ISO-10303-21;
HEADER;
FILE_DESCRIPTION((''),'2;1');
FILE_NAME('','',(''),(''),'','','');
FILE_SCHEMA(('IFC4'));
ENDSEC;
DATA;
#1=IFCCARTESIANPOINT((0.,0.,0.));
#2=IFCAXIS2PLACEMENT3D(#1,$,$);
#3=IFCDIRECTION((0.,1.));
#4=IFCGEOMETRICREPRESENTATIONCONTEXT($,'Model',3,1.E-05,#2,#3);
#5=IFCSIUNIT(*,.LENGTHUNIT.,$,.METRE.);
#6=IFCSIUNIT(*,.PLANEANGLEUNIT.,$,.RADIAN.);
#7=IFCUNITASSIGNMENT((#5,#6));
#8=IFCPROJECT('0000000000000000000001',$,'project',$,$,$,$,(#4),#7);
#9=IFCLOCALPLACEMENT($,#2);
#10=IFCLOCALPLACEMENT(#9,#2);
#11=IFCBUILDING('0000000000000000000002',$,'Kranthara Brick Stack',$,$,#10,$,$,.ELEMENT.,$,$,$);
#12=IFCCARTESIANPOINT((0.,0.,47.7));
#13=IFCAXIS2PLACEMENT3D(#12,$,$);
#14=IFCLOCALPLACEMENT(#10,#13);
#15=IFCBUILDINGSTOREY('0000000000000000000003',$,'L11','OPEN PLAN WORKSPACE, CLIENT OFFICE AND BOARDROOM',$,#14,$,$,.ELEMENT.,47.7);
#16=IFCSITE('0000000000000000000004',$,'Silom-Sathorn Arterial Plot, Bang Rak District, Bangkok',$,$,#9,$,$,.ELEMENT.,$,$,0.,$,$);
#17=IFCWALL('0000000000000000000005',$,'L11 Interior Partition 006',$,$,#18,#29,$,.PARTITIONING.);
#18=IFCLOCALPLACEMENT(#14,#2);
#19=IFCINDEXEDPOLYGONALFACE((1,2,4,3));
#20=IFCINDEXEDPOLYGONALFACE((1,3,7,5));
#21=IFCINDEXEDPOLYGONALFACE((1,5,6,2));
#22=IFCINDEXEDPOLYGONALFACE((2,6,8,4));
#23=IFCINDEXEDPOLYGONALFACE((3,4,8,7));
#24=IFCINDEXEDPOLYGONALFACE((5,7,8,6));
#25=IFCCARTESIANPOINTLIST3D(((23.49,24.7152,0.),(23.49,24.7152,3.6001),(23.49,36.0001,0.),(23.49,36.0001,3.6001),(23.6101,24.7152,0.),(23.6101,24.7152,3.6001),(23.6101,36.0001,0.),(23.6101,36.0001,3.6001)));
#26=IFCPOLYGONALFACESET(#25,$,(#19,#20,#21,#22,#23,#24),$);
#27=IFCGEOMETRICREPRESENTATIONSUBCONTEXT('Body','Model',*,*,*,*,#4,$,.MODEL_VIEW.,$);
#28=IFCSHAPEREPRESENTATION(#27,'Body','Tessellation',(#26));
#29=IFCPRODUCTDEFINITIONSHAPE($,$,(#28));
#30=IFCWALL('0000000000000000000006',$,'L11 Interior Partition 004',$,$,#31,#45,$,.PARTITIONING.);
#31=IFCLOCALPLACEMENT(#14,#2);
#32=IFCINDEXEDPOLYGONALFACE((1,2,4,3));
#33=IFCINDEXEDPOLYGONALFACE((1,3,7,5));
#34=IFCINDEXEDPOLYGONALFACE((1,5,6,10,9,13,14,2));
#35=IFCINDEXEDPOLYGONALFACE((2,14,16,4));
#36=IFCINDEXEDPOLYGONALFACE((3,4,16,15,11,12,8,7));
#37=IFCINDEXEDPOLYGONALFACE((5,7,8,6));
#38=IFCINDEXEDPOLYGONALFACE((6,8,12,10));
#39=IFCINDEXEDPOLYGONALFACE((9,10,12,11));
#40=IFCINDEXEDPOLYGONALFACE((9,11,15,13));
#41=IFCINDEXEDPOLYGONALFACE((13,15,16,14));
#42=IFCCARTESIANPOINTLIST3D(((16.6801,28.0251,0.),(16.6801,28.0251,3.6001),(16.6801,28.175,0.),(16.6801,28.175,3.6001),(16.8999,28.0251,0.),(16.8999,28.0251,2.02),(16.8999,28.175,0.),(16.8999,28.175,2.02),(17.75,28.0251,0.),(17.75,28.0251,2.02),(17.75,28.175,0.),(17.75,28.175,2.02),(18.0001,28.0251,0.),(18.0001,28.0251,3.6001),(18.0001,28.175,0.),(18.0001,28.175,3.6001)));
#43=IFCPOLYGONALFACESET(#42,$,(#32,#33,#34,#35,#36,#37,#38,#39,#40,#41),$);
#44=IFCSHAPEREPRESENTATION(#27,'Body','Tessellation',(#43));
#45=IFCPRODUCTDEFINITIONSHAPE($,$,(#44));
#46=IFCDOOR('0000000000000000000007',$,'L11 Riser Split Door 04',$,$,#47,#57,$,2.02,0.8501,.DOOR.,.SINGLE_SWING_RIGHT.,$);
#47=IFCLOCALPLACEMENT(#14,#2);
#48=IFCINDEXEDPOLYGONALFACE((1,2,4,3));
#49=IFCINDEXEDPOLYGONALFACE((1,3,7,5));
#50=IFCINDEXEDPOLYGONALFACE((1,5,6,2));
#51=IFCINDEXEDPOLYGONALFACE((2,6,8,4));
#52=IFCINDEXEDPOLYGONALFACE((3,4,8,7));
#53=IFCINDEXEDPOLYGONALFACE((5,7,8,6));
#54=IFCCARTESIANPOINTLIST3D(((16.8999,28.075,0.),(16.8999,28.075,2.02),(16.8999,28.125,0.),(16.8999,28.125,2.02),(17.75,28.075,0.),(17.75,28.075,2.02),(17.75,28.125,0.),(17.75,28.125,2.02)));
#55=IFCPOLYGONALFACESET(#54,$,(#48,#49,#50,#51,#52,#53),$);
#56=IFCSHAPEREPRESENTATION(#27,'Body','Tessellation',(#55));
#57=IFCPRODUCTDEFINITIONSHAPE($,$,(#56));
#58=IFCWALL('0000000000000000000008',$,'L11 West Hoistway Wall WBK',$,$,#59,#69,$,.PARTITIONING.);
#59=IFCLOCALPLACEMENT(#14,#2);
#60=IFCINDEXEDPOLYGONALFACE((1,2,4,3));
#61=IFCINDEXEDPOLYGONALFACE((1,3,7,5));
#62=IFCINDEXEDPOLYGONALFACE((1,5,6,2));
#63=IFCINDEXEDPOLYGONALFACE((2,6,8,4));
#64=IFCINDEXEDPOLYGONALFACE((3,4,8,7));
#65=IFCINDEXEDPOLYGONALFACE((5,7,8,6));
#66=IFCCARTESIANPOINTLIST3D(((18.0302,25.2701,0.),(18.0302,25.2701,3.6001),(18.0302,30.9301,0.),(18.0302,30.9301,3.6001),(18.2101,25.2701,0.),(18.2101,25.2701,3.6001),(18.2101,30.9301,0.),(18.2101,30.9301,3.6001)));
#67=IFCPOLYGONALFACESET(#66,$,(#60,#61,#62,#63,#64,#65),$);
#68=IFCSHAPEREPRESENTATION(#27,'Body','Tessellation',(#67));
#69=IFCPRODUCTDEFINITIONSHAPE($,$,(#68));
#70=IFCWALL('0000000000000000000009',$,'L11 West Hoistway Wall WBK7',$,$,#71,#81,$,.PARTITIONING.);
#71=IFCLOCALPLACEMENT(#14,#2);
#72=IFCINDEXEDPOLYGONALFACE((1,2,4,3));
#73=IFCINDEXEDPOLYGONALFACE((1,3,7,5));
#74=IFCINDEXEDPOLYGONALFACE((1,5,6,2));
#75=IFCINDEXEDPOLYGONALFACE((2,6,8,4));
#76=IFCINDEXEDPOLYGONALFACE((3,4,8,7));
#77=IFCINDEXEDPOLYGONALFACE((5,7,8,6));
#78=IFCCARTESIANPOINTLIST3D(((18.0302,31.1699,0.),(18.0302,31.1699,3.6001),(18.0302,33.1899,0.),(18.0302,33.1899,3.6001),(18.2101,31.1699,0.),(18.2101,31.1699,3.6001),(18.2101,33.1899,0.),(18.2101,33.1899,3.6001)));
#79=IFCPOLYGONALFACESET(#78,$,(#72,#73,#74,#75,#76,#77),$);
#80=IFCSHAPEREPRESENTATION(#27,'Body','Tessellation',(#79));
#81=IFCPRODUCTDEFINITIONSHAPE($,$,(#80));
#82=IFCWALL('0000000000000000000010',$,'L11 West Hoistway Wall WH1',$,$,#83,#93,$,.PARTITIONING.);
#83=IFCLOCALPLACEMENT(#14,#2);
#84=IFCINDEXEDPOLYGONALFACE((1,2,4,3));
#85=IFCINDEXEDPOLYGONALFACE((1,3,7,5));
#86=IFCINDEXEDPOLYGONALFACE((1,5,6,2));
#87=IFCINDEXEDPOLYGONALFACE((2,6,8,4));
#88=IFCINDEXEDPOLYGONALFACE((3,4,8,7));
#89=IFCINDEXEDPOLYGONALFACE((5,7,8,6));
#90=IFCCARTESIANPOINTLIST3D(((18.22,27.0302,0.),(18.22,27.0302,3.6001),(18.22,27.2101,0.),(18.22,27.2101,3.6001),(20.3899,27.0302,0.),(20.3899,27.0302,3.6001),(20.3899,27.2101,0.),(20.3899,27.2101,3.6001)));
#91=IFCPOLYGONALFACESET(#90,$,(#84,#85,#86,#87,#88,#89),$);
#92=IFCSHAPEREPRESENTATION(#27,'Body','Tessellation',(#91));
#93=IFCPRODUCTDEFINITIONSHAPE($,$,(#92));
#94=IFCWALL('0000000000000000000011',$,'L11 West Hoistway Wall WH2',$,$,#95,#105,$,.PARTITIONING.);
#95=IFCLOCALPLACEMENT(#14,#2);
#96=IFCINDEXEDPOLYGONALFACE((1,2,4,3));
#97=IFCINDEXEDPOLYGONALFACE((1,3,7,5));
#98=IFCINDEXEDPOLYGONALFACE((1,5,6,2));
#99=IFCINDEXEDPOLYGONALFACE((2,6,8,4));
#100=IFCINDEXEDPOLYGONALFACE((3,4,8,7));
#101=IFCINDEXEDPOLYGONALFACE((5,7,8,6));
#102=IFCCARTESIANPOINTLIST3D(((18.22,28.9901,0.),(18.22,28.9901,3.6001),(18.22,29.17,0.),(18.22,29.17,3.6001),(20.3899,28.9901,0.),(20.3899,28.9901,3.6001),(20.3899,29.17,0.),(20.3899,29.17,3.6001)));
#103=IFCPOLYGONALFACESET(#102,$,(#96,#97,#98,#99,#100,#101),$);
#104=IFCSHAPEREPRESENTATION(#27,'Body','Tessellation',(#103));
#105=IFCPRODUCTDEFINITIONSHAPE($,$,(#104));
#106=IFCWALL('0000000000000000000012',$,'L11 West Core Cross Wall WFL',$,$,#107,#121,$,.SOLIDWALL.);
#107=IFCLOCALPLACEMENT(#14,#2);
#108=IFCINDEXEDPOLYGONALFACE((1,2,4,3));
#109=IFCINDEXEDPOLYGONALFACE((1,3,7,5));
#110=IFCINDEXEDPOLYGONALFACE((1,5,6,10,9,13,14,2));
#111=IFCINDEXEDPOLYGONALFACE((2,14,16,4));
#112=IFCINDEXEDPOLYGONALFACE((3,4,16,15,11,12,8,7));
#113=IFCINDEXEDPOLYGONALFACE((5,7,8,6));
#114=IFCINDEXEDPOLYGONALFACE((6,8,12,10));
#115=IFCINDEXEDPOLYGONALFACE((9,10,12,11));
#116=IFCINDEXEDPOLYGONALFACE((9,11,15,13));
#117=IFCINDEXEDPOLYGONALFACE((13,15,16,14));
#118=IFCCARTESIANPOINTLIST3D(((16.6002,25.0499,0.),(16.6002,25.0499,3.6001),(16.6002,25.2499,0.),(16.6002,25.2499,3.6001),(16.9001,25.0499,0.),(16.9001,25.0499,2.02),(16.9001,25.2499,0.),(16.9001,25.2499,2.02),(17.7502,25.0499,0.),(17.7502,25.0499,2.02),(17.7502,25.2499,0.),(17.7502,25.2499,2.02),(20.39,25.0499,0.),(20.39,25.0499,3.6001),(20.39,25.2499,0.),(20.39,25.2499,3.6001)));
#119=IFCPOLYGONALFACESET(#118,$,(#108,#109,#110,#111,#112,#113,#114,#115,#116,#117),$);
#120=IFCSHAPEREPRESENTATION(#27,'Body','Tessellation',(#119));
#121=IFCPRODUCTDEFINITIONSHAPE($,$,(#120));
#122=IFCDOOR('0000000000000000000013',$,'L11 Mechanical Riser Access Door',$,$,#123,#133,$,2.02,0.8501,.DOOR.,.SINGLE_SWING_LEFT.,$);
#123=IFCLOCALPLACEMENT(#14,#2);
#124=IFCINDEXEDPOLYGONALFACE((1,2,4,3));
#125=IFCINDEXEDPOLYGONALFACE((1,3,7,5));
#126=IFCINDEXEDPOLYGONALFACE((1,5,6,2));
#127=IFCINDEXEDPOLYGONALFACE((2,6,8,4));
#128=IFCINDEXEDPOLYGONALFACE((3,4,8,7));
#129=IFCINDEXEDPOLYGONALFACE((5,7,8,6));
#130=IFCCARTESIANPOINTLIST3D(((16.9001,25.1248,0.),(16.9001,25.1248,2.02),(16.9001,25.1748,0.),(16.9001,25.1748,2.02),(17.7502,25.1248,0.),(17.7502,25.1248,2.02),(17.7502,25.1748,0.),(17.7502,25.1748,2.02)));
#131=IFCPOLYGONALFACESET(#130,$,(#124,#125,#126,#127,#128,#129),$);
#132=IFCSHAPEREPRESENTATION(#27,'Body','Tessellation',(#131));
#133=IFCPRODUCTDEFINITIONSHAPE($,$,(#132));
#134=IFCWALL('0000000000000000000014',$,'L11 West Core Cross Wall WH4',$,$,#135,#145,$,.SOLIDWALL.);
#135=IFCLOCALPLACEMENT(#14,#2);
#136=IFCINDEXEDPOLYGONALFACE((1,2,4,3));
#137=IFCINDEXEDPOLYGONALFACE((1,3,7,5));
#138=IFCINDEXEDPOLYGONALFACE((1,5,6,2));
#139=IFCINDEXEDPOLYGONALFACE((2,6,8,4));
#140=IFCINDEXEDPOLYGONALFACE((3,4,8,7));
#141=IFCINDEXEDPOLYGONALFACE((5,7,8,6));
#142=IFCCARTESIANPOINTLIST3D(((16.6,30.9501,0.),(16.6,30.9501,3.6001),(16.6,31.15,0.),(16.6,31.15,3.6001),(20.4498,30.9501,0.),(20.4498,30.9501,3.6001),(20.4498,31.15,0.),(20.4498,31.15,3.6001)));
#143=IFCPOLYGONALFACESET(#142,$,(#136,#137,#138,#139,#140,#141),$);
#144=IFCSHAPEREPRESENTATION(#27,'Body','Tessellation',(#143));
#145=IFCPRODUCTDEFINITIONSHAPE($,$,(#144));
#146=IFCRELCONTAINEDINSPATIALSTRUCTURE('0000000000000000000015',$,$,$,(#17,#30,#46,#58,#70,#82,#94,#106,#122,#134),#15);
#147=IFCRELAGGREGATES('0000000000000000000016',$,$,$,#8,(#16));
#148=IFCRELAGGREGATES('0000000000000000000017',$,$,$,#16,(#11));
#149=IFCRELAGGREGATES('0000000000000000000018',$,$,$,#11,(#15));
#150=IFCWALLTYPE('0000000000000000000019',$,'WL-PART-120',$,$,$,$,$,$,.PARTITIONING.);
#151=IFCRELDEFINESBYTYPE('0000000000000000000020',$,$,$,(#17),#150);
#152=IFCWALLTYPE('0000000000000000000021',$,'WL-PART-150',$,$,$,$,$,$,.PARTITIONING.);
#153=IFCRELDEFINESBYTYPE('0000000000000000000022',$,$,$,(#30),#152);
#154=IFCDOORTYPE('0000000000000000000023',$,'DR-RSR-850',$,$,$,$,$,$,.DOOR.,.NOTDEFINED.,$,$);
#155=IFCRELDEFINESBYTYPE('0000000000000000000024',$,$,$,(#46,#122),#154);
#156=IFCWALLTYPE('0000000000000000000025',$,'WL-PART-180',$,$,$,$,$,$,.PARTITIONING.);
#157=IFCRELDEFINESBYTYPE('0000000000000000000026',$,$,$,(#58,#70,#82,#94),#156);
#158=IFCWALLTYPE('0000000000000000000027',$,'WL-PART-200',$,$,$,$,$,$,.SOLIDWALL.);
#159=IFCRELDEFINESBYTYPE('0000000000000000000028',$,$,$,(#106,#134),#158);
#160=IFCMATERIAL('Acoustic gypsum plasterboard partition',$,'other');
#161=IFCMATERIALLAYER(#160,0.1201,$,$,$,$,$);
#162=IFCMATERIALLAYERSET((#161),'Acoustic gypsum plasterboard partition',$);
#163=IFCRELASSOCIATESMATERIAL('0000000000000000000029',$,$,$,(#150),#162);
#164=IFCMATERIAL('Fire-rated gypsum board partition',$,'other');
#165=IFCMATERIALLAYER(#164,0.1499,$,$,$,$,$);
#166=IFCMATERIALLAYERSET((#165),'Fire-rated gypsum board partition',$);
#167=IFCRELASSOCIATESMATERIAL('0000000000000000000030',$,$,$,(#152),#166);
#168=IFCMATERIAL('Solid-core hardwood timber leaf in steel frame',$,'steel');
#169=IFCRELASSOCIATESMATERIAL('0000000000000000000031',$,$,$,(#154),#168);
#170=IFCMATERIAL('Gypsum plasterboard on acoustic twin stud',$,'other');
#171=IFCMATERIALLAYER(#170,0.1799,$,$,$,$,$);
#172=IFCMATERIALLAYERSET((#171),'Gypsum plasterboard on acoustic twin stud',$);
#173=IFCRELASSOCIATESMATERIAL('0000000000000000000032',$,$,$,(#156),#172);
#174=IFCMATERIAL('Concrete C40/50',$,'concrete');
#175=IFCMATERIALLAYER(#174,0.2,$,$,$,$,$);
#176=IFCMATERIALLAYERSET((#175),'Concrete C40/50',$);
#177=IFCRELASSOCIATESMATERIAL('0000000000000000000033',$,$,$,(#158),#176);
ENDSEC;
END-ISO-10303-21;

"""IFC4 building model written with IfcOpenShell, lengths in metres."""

from ifc_helpers import new_model, si_unit, direction, frame, frame_2d, origin, place, context, subcontext, project, spatial, rectangle, extrude, material, layer, layer_set, type_object, element, fill, save


model = new_model("IFC4")

# Units and contexts
model_context = context("Model", 3, precision=1e-05, world=origin(), true_north=direction((0.0, 1.0)))
body_context = subcontext(model_context, "Body", "Model", "MODEL_VIEW")
ifc_project = project(units=[si_unit("LENGTHUNIT", "METRE"), si_unit("PLANEANGLEUNIT", "RADIAN")], contexts=[model_context])

# Site, building, storey
site_placement = place(None, origin())
site = spatial("IfcSite", under=ifc_project, at=site_placement, Name="Silom-Sathorn Arterial Plot, Bang Rak District, Bangkok", CompositionType="ELEMENT", RefElevation=0.0)
building_placement = place(site_placement, origin())
building = spatial("IfcBuilding", under=site, at=building_placement, Name="Kranthara Brick Stack", CompositionType="ELEMENT")
storey_placement = place(building_placement, frame((0.0, 0.0, 47.7)))
storey = spatial("IfcBuildingStorey", under=building, at=storey_placement, Name="L11", Description="OPEN PLAN WORKSPACE, CLIENT OFFICE AND BOARDROOM", CompositionType="ELEMENT", Elevation=47.7)

# Shared definitions
ifc_material_1 = material(Name="Acoustic gypsum plasterboard partition", Category="other")
ifc_layer_1 = layer(ifc_material_1, 0.1201)
ifc_layer_set_1 = layer_set([ifc_layer_1], Name="Acoustic gypsum plasterboard partition")
wall_type_1 = type_object("IfcWallType", Name="WL-PART-120", PredefinedType="PARTITIONING", material=ifc_layer_set_1)

# Wall
wall_1_placement = place(storey_placement, frame((23.55, 24.7151, 0.0), z_axis=(0.0, 0.0, 1.0), x_axis=(0.0, 1.0, 0.0)))
element("IfcWall", 1, at=wall_1_placement, inside=storey, type_object=wall_type_1, Name="L11 Interior Partition 006", PredefinedType="PARTITIONING", context=body_context, shape_type="SweptSolid", body=[
    extrude(rectangle(XDim=11.2849, YDim=0.1201, at=frame_2d((5.6426, 0.0))), origin(), (0.0, 0.0, 1.0), 3.6001),
])

# Wall, opening, door
ifc_material_2 = material(Name="Fire-rated gypsum board partition", Category="other")
ifc_layer_2 = layer(ifc_material_2, 0.1499)
ifc_layer_set_2 = layer_set([ifc_layer_2], Name="Fire-rated gypsum board partition")
wall_type_2 = type_object("IfcWallType", Name="WL-PART-150", PredefinedType="PARTITIONING", material=ifc_layer_set_2)
wall_2_placement = place(storey_placement, frame((16.6799, 28.1001, 0.0), z_axis=(0.0, 0.0, 1.0), x_axis=(1.0, 0.0, 0.0)))
wall_2 = element("IfcWall", 2, at=wall_2_placement, inside=storey, type_object=wall_type_2, Name="L11 Interior Partition 004", PredefinedType="PARTITIONING", context=body_context, shape_type="SweptSolid", body=[
    extrude(rectangle(XDim=1.3201, YDim=0.1499, at=frame_2d((0.6602, 0.0))), origin(), (0.0, 0.0, 1.0), 3.6001),
])
opening_1_placement = place(wall_2_placement, frame((0.22, 0.0, 0.0)))
opening_1 = element("IfcOpeningElement", 3, at=opening_1_placement, cuts=wall_2, PredefinedType="OPENING", context=body_context, shape_type="SweptSolid", body=[
    extrude(rectangle(XDim=0.8501, YDim=2.02, at=frame_2d((0.425, 1.01))), frame((0.0, 0.085, 0.0), z_axis=(0.0, -1.0, 0.0), x_axis=(1.0, 0.0, 0.0)), (0.0, 0.0, 1.0), 0.1699),
])
ifc_material_3 = material(Name="Solid-core hardwood timber leaf in steel frame", Category="steel")
door_type_1 = type_object("IfcDoorType", Name="DR-RSR-850", OperationType="NOTDEFINED", PredefinedType="DOOR", material=ifc_material_3)
door_1_placement = place(opening_1_placement, origin())
door_1 = element("IfcDoor", 4, at=door_1_placement, inside=storey, type_object=door_type_1, Name="L11 Riser Split Door 04", OperationType="SINGLE_SWING_RIGHT", OverallHeight=2.02, OverallWidth=0.8501, PredefinedType="DOOR", context=body_context, shape_type="SweptSolid", body=[
    extrude(rectangle(XDim=0.8501, YDim=2.02, at=frame_2d((0.425, 1.01))), frame((0.0, 0.0249, 0.0), z_axis=(0.0, -1.0, 0.0), x_axis=(1.0, 0.0, 0.0)), (0.0, 0.0, 1.0), 0.05),
])
fill(opening_1, door_1)

# Walls
ifc_material_4 = material(Name="Gypsum plasterboard on acoustic twin stud", Category="other")
ifc_layer_3 = layer(ifc_material_4, 0.1799)
ifc_layer_set_3 = layer_set([ifc_layer_3], Name="Gypsum plasterboard on acoustic twin stud")
wall_type_3 = type_object("IfcWallType", Name="WL-PART-180", PredefinedType="PARTITIONING", material=ifc_layer_set_3)
wall_3_placement = place(storey_placement, frame((18.1201, 25.27, 0.0), z_axis=(0.0, 0.0, 1.0), x_axis=(0.0, 1.0, 0.0)))
element("IfcWall", 5, at=wall_3_placement, inside=storey, type_object=wall_type_3, Name="L11 West Hoistway Wall WBK", PredefinedType="PARTITIONING", context=body_context, shape_type="SweptSolid", body=[
    extrude(rectangle(XDim=5.6599, YDim=0.1799, at=frame_2d((2.8301, 0.0))), origin(), (0.0, 0.0, 1.0), 3.6001),
])
wall_4_placement = place(storey_placement, frame((18.1201, 31.1699, 0.0), z_axis=(0.0, 0.0, 1.0), x_axis=(0.0, 1.0, 0.0)))
element("IfcWall", 6, at=wall_4_placement, inside=storey, type_object=wall_type_3, Name="L11 West Hoistway Wall WBK7", PredefinedType="PARTITIONING", context=body_context, shape_type="SweptSolid", body=[
    extrude(rectangle(XDim=2.02, YDim=0.1799, at=frame_2d((1.01, 0.0))), origin(), (0.0, 0.0, 1.0), 3.6001),
])
for number, where, z_axis, x_axis, name in (
    (7, (18.22, 27.1201, 0.0), (0.0, 0.0, 1.0), (1.0, 0.0, 0.0), "L11 West Hoistway Wall WH1"),
    (8, (18.22, 29.0801, 0.0), (0.0, 0.0, 1.0), (1.0, 0.0, 0.0), "L11 West Hoistway Wall WH2"),
):
    element("IfcWall", number, at=place(storey_placement, frame(where, z_axis=z_axis, x_axis=x_axis)), inside=storey, type_object=wall_type_3, Name=name, PredefinedType="PARTITIONING", context=body_context, shape_type="SweptSolid", body=[
        extrude(rectangle(XDim=2.1699, YDim=0.1799, at=frame_2d((1.085, 0.0))), origin(), (0.0, 0.0, 1.0), 3.6001),
    ])

# Wall, opening, door
ifc_material_5 = material(Name="Concrete C40/50", Category="concrete")
ifc_layer_4 = layer(ifc_material_5, 0.2)
ifc_layer_set_4 = layer_set([ifc_layer_4], Name="Concrete C40/50")
wall_type_4 = type_object("IfcWallType", Name="WL-PART-200", PredefinedType="SOLIDWALL", material=ifc_layer_set_4)
wall_5_placement = place(storey_placement, frame((16.6001, 25.1499, 0.0), z_axis=(0.0, 0.0, 1.0), x_axis=(1.0, 0.0, 0.0)))
wall_5 = element("IfcWall", 9, at=wall_5_placement, inside=storey, type_object=wall_type_4, Name="L11 West Core Cross Wall WFL", PredefinedType="SOLIDWALL", context=body_context, shape_type="SweptSolid", body=[
    extrude(rectangle(XDim=3.7898, YDim=0.2, at=frame_2d((1.895, 0.0))), origin(), (0.0, 0.0, 1.0), 3.6001),
])
opening_2_placement = place(wall_5_placement, frame((0.3, 0.0, 0.0)))
opening_2 = element("IfcOpeningElement", 10, at=opening_2_placement, cuts=wall_5, PredefinedType="OPENING", context=body_context, shape_type="SweptSolid", body=[
    extrude(rectangle(XDim=0.8501, YDim=2.02, at=frame_2d((0.425, 1.01))), frame((0.0, 0.1099, 0.0), z_axis=(0.0, -1.0, 0.0), x_axis=(1.0, 0.0, 0.0)), (0.0, 0.0, 1.0), 0.22),
])
door_2_placement = place(opening_2_placement, origin())
door_2 = element("IfcDoor", 11, at=door_2_placement, inside=storey, type_object=door_type_1, Name="L11 Mechanical Riser Access Door", OperationType="SINGLE_SWING_LEFT", OverallHeight=2.02, OverallWidth=0.8501, PredefinedType="DOOR", context=body_context, shape_type="SweptSolid", body=[
    extrude(rectangle(XDim=0.8501, YDim=2.02, at=frame_2d((0.425, 1.01))), frame((0.0, 0.0249, 0.0), z_axis=(0.0, -1.0, 0.0), x_axis=(1.0, 0.0, 0.0)), (0.0, 0.0, 1.0), 0.05),
])
fill(opening_2, door_2)

# Wall
wall_6_placement = place(storey_placement, frame((16.6001, 31.05, 0.0), z_axis=(0.0, 0.0, 1.0), x_axis=(1.0, 0.0, 0.0)))
element("IfcWall", 12, at=wall_6_placement, inside=storey, type_object=wall_type_4, Name="L11 West Core Cross Wall WH4", PredefinedType="SOLIDWALL", context=body_context, shape_type="SweptSolid", body=[
    extrude(rectangle(XDim=3.8499, YDim=0.2, at=frame_2d((1.9248, 0.0))), origin(), (0.0, 0.0, 1.0), 3.6001),
])

save(model, "model.ifc")
